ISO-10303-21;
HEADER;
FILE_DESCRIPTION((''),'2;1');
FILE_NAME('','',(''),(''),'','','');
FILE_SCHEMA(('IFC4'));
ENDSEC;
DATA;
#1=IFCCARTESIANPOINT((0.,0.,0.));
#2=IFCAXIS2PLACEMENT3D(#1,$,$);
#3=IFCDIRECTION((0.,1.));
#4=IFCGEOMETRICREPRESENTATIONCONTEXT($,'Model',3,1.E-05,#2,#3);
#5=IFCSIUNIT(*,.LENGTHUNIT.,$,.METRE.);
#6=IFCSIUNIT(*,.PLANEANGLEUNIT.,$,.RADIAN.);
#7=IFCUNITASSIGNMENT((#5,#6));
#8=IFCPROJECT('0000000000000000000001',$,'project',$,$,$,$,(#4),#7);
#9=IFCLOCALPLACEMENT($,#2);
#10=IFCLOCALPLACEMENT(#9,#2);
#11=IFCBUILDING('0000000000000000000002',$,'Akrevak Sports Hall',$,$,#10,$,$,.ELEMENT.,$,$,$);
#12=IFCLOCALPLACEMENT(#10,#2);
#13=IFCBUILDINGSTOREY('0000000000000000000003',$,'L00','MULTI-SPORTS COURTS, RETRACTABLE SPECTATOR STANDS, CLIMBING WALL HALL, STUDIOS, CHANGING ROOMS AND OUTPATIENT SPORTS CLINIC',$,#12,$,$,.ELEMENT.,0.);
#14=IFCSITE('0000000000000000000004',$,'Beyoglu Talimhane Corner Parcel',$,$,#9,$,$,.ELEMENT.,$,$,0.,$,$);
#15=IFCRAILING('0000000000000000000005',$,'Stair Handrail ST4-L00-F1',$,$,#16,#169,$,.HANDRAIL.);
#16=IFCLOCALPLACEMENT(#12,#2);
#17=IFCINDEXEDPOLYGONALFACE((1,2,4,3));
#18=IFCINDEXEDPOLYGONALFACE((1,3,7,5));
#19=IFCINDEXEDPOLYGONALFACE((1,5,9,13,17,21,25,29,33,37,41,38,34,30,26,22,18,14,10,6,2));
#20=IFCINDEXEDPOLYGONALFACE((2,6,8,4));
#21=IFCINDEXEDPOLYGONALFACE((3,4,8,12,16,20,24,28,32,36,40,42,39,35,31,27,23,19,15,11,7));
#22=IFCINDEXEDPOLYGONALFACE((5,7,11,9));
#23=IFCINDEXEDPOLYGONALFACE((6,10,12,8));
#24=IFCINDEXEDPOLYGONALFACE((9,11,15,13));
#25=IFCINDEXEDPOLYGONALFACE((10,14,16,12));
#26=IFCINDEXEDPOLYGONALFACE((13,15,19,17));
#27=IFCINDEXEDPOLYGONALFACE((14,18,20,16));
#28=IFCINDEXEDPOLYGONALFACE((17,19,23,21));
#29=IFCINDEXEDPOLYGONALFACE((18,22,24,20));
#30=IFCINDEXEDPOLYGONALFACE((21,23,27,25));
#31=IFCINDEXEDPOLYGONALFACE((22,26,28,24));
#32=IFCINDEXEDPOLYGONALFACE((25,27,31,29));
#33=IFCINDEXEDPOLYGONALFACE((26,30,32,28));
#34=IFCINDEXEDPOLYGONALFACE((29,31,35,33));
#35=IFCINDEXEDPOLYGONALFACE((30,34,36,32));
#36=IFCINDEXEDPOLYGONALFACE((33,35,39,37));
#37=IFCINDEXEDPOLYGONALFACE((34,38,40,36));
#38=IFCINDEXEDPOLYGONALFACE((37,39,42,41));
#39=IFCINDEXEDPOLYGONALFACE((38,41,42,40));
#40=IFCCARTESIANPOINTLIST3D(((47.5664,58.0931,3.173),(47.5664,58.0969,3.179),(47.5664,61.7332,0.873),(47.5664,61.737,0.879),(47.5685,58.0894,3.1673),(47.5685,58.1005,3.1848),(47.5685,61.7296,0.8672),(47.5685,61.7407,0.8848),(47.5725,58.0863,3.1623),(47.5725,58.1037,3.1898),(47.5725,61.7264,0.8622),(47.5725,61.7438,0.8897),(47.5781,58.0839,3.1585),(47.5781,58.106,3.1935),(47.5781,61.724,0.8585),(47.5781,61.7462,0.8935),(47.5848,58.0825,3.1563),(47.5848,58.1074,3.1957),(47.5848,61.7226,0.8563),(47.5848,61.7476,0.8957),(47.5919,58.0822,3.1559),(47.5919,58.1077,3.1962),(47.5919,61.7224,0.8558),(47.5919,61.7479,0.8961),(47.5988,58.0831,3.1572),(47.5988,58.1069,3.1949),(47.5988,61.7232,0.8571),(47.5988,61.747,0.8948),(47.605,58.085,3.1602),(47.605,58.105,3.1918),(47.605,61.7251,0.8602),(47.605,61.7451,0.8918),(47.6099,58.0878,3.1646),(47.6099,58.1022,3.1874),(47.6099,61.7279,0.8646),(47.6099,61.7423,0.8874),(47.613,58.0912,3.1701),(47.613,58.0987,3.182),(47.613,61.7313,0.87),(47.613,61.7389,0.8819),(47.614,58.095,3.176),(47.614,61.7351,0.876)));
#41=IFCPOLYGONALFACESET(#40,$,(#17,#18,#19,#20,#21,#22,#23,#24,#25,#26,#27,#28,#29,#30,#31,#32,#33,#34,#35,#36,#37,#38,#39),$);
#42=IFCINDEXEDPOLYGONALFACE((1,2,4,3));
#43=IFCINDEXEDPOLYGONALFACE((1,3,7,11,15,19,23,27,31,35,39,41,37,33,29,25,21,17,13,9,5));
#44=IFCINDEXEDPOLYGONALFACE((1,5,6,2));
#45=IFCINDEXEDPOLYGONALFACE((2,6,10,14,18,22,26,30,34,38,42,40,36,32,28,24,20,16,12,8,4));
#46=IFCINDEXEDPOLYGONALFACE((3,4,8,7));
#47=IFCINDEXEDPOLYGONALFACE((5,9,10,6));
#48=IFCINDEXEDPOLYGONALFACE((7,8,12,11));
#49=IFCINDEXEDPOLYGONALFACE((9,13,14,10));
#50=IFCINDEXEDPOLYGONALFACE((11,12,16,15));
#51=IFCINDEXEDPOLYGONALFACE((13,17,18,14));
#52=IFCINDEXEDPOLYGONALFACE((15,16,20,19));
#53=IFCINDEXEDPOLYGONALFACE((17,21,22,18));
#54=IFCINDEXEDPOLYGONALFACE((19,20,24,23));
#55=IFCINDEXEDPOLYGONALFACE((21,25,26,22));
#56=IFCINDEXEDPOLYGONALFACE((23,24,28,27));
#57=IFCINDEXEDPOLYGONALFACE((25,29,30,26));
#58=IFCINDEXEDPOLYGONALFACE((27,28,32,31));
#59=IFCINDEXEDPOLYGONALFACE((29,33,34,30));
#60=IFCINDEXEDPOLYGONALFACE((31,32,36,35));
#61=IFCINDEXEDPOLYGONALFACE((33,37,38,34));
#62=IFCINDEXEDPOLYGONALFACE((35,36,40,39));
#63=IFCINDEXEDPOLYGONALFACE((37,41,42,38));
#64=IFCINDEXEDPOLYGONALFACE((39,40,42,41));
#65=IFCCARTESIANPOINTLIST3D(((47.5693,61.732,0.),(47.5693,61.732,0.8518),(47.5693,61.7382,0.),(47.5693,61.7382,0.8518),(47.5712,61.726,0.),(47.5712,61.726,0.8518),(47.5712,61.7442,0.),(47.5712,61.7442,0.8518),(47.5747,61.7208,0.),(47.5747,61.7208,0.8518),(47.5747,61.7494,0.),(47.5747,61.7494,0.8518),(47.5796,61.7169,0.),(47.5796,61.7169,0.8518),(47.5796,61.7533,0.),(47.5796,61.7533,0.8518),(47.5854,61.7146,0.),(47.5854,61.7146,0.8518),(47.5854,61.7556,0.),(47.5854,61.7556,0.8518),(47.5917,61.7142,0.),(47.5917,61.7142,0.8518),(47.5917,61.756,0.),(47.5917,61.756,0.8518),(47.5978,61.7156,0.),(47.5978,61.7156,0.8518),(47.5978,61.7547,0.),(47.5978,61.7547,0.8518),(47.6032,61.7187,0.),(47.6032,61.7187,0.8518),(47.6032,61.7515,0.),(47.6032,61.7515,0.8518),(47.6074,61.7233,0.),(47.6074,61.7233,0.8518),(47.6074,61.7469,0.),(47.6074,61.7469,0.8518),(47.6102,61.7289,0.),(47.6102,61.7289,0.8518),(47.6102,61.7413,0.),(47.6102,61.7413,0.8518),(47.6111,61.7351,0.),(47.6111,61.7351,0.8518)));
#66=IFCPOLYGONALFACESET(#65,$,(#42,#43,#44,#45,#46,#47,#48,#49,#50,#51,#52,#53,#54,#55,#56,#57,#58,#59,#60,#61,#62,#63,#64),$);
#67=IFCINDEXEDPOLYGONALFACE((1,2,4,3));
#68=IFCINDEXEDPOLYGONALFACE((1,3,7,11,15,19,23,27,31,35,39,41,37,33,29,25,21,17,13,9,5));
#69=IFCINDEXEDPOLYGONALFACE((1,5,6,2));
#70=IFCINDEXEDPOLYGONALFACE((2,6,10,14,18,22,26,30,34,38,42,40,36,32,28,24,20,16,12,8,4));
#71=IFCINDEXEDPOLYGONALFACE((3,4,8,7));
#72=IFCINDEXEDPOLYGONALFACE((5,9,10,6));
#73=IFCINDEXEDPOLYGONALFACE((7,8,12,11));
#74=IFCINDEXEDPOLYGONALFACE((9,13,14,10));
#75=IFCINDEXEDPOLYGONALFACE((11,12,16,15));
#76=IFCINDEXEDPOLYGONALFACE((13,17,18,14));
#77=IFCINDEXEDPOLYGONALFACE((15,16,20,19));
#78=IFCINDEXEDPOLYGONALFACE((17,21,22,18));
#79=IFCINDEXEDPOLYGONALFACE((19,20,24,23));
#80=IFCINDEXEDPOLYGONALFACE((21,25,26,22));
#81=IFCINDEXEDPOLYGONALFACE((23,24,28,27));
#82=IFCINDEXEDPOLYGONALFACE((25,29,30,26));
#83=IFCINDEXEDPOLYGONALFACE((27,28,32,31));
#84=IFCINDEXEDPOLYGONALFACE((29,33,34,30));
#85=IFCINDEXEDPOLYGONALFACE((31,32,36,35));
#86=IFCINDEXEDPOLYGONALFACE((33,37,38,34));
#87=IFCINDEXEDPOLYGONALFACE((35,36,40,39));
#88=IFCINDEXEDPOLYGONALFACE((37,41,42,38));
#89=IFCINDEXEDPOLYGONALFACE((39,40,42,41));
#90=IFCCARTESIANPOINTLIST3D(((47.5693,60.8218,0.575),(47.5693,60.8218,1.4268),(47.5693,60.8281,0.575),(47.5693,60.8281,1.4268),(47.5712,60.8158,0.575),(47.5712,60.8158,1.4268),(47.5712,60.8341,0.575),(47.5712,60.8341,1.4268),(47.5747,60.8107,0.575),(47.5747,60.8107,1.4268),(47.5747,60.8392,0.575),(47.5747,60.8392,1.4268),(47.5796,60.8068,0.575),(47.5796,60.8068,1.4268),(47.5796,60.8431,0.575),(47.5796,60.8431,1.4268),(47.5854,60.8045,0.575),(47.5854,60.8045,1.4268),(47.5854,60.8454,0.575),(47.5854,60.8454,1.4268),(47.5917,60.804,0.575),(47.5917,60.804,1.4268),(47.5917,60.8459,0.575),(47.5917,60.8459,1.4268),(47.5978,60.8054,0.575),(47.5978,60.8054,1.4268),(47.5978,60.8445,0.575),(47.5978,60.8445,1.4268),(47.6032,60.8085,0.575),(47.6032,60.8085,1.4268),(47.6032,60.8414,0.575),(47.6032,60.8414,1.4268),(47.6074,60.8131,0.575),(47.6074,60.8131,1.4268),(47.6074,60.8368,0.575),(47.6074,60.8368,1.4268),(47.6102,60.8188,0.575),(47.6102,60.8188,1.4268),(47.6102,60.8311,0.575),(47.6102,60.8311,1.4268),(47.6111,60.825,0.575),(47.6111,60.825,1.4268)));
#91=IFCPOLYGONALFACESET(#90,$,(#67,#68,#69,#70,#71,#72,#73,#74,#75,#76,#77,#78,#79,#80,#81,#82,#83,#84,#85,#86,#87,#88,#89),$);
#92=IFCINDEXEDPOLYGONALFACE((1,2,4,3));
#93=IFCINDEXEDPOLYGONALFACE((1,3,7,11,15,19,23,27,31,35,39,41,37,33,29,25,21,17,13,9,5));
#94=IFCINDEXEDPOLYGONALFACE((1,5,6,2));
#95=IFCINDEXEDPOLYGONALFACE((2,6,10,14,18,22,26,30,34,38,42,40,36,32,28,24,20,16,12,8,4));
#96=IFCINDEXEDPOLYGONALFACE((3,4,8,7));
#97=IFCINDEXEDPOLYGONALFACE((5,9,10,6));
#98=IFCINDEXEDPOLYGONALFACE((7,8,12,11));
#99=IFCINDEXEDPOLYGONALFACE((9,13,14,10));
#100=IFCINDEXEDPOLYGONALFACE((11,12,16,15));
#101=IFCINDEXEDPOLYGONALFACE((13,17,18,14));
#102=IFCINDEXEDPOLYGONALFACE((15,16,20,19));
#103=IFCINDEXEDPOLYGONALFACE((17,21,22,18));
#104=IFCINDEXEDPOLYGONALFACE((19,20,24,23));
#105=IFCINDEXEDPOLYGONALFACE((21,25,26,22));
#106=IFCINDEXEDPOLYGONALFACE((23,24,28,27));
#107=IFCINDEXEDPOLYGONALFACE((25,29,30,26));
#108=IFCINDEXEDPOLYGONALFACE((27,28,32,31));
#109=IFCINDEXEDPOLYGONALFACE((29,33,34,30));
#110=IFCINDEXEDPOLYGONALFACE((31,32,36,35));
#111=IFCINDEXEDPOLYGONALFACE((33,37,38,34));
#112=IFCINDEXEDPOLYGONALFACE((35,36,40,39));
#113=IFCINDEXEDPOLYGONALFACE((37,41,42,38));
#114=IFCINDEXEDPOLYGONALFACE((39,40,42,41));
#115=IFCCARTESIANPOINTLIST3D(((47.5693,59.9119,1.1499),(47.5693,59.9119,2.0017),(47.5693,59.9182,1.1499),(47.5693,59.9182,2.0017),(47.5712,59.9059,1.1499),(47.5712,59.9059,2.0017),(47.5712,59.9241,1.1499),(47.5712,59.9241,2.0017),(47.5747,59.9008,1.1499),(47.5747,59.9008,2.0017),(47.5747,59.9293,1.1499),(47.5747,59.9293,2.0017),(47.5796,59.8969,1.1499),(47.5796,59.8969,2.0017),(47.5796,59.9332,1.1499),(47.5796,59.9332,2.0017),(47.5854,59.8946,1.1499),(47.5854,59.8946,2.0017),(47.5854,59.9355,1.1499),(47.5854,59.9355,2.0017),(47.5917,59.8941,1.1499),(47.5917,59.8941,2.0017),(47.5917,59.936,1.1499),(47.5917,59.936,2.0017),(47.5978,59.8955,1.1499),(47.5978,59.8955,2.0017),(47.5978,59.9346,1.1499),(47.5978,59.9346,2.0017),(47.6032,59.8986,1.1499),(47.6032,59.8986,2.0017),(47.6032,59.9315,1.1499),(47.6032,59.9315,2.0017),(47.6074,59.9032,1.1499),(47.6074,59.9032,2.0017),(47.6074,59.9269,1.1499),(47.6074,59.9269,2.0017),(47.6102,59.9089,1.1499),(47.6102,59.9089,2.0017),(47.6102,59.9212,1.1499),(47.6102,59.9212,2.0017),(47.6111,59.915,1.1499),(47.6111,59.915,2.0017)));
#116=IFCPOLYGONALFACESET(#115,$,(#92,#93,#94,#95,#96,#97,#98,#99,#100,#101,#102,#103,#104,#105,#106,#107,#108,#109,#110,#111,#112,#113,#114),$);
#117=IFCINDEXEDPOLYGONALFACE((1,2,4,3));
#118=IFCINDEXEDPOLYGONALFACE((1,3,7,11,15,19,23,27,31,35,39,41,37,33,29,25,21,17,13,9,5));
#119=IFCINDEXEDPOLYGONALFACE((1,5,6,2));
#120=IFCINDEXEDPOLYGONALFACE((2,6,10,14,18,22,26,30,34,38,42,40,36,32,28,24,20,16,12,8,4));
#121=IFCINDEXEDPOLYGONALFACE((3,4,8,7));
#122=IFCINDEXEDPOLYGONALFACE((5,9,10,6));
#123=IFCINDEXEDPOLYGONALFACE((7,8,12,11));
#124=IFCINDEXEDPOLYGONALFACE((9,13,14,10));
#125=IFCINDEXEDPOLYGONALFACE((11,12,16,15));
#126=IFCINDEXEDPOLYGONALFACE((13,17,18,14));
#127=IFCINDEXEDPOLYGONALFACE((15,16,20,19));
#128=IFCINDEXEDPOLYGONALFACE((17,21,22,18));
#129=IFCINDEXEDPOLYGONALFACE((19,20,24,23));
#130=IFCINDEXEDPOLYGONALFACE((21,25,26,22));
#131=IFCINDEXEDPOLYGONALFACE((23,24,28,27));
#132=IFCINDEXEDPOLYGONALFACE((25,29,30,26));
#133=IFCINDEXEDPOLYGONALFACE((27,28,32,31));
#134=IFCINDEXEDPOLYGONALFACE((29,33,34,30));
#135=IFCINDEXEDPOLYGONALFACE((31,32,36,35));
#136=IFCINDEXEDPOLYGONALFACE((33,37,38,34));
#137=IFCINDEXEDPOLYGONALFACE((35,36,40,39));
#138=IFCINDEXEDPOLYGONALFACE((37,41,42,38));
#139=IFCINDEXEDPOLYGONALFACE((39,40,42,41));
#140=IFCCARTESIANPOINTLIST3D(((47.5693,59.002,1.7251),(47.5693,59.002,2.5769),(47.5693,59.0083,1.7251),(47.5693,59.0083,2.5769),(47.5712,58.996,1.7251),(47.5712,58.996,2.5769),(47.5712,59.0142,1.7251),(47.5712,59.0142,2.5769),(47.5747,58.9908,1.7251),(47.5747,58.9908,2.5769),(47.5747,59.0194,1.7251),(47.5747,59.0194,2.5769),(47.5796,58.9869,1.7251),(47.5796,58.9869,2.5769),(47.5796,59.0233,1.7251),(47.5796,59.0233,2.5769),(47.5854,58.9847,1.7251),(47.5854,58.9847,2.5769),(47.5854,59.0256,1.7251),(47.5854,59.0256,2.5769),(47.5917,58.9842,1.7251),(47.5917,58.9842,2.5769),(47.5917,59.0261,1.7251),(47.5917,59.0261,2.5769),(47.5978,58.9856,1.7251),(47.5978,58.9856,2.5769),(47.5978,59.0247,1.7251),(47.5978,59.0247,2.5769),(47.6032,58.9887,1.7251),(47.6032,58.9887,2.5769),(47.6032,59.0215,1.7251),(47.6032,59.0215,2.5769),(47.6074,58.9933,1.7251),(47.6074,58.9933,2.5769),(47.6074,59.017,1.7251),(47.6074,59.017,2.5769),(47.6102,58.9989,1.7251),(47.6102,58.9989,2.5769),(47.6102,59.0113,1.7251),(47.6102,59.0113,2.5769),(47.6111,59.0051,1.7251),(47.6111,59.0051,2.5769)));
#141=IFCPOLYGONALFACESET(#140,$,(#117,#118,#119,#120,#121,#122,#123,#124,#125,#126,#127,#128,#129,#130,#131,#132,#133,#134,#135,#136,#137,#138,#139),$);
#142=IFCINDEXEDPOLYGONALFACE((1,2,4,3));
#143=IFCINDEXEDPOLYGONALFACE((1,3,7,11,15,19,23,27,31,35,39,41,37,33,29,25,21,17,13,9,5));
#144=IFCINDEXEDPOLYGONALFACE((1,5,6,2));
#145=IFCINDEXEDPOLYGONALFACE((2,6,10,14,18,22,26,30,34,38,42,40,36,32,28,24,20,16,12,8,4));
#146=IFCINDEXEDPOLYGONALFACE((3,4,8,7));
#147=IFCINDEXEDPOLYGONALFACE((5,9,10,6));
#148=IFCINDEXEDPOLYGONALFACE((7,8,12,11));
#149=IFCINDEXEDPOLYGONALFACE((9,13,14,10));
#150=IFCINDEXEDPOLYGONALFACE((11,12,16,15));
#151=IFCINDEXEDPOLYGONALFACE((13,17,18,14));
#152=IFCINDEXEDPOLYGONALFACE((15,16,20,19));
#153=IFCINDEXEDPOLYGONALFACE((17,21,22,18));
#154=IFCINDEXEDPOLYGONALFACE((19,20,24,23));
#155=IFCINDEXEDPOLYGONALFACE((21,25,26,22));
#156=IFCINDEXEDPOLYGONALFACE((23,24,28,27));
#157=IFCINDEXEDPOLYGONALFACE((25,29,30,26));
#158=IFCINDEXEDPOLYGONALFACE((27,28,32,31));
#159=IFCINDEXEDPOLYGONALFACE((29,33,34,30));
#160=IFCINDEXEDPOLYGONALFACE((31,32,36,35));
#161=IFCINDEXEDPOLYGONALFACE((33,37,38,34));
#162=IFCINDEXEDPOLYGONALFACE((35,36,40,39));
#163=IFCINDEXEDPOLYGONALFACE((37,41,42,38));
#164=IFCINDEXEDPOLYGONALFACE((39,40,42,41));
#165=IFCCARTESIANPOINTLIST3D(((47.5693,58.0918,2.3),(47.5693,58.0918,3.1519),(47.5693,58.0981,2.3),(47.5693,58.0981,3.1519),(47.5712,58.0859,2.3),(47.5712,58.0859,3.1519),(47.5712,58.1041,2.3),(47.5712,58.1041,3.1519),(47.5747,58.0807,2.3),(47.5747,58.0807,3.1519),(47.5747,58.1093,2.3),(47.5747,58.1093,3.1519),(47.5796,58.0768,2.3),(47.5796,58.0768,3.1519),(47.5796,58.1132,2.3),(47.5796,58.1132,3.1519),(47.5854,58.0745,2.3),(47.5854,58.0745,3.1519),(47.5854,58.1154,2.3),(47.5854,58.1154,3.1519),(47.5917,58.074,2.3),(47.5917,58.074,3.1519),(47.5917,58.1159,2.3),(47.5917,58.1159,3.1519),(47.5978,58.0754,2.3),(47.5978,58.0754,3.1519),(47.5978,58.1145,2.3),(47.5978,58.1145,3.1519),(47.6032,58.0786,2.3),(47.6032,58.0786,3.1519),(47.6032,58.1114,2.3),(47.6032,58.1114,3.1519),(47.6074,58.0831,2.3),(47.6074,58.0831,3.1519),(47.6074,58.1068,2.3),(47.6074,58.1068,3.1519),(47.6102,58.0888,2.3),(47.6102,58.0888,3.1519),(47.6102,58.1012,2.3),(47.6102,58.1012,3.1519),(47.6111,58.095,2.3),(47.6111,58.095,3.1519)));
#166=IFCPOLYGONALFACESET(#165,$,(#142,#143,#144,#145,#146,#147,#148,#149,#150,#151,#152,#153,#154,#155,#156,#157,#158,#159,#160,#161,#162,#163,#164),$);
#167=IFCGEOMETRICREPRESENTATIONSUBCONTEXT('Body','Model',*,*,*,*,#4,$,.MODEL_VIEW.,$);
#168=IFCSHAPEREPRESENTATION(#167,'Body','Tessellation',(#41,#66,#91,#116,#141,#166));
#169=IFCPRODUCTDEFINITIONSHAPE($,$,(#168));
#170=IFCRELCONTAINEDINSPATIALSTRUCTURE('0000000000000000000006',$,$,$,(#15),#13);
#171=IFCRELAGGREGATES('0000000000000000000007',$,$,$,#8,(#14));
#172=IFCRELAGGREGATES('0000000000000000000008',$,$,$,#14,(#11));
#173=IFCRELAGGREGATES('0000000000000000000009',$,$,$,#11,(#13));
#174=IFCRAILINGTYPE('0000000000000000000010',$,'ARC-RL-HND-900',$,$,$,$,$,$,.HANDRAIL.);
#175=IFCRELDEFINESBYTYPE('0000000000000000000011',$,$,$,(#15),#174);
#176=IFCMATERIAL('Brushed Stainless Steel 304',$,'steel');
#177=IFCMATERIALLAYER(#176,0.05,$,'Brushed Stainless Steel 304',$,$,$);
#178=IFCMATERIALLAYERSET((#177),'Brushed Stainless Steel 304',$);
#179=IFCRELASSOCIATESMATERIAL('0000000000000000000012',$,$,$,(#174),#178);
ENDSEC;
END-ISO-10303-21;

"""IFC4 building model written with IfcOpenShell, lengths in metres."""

from ifc_helpers import new_model, si_unit, direction, frame, origin, origin_2d, place, context, subcontext, project, spatial, circle, extrude, material, layer, layer_set, type_object, element, save


model = new_model("IFC4")

# Units and contexts
model_context = context("Model", 3, precision=1e-05, world=origin(), true_north=direction((0.0, 1.0)))
body_context = subcontext(model_context, "Body", "Model", "MODEL_VIEW")
ifc_project = project(units=[si_unit("LENGTHUNIT", "METRE"), si_unit("PLANEANGLEUNIT", "RADIAN")], contexts=[model_context])

# Site, building, storey
site_placement = place(None, origin())
site = spatial("IfcSite", under=ifc_project, at=site_placement, Name="Beyoglu Talimhane Corner Parcel", CompositionType="ELEMENT", RefElevation=0.0)
building_placement = place(site_placement, origin())
building = spatial("IfcBuilding", under=site, at=building_placement, Name="Akrevak Sports Hall", CompositionType="ELEMENT")
storey_placement = place(building_placement, origin())
storey = spatial("IfcBuildingStorey", under=building, at=storey_placement, Name="L00", Description="MULTI-SPORTS COURTS, RETRACTABLE SPECTATOR STANDS, CLIMBING WALL HALL, STUDIOS, CHANGING ROOMS AND OUTPATIENT SPORTS CLINIC", CompositionType="ELEMENT", Elevation=0.0)

# Railing
ifc_material_1 = material(Name="Brushed Stainless Steel 304", Category="steel")
ifc_layer_1 = layer(ifc_material_1, 0.05, Name="Brushed Stainless Steel 304")
ifc_layer_set_1 = layer_set([ifc_layer_1], Name="Brushed Stainless Steel 304")
railing_type_1 = type_object("IfcRailingType", Name="ARC-RL-HND-900", PredefinedType="HANDRAIL", material=ifc_layer_set_1)
railing_1_placement = place(storey_placement, frame((47.5901, 61.7351, 0.0)))
element("IfcRailing", 1, at=railing_1_placement, inside=storey, type_object=railing_type_1, Name="Stair Handrail ST4-L00-F1", PredefinedType="HANDRAIL", context=body_context, shape_type="SweptSolid", body=[
    extrude(circle(Radius=0.0239, at=origin_2d()), frame((0.0, 0.0, 0.876), z_axis=(0.0, -0.845382, 0.534162), x_axis=(1.0, 0.0, 0.0)), (0.0, 0.0, 1.0), 4.3059),
    extrude(circle(Radius=0.021, at=origin_2d()), origin(), (0.0, 0.0, 1.0), 0.8518),
    extrude(circle(Radius=0.021, at=origin_2d()), frame((0.0, -0.9102, 0.575)), (0.0, 0.0, 1.0), 0.8518),
    extrude(circle(Radius=0.021, at=origin_2d()), frame((0.0, -1.8201, 1.1499)), (0.0, 0.0, 1.0), 0.8518),
    extrude(circle(Radius=0.021, at=origin_2d()), frame((0.0, -2.73, 1.7251)), (0.0, 0.0, 1.0), 0.8518),
    extrude(circle(Radius=0.021, at=origin_2d()), frame((0.0, -3.6401, 2.3)), (0.0, 0.0, 1.0), 0.8518),
])

save(model, "model.ifc")
